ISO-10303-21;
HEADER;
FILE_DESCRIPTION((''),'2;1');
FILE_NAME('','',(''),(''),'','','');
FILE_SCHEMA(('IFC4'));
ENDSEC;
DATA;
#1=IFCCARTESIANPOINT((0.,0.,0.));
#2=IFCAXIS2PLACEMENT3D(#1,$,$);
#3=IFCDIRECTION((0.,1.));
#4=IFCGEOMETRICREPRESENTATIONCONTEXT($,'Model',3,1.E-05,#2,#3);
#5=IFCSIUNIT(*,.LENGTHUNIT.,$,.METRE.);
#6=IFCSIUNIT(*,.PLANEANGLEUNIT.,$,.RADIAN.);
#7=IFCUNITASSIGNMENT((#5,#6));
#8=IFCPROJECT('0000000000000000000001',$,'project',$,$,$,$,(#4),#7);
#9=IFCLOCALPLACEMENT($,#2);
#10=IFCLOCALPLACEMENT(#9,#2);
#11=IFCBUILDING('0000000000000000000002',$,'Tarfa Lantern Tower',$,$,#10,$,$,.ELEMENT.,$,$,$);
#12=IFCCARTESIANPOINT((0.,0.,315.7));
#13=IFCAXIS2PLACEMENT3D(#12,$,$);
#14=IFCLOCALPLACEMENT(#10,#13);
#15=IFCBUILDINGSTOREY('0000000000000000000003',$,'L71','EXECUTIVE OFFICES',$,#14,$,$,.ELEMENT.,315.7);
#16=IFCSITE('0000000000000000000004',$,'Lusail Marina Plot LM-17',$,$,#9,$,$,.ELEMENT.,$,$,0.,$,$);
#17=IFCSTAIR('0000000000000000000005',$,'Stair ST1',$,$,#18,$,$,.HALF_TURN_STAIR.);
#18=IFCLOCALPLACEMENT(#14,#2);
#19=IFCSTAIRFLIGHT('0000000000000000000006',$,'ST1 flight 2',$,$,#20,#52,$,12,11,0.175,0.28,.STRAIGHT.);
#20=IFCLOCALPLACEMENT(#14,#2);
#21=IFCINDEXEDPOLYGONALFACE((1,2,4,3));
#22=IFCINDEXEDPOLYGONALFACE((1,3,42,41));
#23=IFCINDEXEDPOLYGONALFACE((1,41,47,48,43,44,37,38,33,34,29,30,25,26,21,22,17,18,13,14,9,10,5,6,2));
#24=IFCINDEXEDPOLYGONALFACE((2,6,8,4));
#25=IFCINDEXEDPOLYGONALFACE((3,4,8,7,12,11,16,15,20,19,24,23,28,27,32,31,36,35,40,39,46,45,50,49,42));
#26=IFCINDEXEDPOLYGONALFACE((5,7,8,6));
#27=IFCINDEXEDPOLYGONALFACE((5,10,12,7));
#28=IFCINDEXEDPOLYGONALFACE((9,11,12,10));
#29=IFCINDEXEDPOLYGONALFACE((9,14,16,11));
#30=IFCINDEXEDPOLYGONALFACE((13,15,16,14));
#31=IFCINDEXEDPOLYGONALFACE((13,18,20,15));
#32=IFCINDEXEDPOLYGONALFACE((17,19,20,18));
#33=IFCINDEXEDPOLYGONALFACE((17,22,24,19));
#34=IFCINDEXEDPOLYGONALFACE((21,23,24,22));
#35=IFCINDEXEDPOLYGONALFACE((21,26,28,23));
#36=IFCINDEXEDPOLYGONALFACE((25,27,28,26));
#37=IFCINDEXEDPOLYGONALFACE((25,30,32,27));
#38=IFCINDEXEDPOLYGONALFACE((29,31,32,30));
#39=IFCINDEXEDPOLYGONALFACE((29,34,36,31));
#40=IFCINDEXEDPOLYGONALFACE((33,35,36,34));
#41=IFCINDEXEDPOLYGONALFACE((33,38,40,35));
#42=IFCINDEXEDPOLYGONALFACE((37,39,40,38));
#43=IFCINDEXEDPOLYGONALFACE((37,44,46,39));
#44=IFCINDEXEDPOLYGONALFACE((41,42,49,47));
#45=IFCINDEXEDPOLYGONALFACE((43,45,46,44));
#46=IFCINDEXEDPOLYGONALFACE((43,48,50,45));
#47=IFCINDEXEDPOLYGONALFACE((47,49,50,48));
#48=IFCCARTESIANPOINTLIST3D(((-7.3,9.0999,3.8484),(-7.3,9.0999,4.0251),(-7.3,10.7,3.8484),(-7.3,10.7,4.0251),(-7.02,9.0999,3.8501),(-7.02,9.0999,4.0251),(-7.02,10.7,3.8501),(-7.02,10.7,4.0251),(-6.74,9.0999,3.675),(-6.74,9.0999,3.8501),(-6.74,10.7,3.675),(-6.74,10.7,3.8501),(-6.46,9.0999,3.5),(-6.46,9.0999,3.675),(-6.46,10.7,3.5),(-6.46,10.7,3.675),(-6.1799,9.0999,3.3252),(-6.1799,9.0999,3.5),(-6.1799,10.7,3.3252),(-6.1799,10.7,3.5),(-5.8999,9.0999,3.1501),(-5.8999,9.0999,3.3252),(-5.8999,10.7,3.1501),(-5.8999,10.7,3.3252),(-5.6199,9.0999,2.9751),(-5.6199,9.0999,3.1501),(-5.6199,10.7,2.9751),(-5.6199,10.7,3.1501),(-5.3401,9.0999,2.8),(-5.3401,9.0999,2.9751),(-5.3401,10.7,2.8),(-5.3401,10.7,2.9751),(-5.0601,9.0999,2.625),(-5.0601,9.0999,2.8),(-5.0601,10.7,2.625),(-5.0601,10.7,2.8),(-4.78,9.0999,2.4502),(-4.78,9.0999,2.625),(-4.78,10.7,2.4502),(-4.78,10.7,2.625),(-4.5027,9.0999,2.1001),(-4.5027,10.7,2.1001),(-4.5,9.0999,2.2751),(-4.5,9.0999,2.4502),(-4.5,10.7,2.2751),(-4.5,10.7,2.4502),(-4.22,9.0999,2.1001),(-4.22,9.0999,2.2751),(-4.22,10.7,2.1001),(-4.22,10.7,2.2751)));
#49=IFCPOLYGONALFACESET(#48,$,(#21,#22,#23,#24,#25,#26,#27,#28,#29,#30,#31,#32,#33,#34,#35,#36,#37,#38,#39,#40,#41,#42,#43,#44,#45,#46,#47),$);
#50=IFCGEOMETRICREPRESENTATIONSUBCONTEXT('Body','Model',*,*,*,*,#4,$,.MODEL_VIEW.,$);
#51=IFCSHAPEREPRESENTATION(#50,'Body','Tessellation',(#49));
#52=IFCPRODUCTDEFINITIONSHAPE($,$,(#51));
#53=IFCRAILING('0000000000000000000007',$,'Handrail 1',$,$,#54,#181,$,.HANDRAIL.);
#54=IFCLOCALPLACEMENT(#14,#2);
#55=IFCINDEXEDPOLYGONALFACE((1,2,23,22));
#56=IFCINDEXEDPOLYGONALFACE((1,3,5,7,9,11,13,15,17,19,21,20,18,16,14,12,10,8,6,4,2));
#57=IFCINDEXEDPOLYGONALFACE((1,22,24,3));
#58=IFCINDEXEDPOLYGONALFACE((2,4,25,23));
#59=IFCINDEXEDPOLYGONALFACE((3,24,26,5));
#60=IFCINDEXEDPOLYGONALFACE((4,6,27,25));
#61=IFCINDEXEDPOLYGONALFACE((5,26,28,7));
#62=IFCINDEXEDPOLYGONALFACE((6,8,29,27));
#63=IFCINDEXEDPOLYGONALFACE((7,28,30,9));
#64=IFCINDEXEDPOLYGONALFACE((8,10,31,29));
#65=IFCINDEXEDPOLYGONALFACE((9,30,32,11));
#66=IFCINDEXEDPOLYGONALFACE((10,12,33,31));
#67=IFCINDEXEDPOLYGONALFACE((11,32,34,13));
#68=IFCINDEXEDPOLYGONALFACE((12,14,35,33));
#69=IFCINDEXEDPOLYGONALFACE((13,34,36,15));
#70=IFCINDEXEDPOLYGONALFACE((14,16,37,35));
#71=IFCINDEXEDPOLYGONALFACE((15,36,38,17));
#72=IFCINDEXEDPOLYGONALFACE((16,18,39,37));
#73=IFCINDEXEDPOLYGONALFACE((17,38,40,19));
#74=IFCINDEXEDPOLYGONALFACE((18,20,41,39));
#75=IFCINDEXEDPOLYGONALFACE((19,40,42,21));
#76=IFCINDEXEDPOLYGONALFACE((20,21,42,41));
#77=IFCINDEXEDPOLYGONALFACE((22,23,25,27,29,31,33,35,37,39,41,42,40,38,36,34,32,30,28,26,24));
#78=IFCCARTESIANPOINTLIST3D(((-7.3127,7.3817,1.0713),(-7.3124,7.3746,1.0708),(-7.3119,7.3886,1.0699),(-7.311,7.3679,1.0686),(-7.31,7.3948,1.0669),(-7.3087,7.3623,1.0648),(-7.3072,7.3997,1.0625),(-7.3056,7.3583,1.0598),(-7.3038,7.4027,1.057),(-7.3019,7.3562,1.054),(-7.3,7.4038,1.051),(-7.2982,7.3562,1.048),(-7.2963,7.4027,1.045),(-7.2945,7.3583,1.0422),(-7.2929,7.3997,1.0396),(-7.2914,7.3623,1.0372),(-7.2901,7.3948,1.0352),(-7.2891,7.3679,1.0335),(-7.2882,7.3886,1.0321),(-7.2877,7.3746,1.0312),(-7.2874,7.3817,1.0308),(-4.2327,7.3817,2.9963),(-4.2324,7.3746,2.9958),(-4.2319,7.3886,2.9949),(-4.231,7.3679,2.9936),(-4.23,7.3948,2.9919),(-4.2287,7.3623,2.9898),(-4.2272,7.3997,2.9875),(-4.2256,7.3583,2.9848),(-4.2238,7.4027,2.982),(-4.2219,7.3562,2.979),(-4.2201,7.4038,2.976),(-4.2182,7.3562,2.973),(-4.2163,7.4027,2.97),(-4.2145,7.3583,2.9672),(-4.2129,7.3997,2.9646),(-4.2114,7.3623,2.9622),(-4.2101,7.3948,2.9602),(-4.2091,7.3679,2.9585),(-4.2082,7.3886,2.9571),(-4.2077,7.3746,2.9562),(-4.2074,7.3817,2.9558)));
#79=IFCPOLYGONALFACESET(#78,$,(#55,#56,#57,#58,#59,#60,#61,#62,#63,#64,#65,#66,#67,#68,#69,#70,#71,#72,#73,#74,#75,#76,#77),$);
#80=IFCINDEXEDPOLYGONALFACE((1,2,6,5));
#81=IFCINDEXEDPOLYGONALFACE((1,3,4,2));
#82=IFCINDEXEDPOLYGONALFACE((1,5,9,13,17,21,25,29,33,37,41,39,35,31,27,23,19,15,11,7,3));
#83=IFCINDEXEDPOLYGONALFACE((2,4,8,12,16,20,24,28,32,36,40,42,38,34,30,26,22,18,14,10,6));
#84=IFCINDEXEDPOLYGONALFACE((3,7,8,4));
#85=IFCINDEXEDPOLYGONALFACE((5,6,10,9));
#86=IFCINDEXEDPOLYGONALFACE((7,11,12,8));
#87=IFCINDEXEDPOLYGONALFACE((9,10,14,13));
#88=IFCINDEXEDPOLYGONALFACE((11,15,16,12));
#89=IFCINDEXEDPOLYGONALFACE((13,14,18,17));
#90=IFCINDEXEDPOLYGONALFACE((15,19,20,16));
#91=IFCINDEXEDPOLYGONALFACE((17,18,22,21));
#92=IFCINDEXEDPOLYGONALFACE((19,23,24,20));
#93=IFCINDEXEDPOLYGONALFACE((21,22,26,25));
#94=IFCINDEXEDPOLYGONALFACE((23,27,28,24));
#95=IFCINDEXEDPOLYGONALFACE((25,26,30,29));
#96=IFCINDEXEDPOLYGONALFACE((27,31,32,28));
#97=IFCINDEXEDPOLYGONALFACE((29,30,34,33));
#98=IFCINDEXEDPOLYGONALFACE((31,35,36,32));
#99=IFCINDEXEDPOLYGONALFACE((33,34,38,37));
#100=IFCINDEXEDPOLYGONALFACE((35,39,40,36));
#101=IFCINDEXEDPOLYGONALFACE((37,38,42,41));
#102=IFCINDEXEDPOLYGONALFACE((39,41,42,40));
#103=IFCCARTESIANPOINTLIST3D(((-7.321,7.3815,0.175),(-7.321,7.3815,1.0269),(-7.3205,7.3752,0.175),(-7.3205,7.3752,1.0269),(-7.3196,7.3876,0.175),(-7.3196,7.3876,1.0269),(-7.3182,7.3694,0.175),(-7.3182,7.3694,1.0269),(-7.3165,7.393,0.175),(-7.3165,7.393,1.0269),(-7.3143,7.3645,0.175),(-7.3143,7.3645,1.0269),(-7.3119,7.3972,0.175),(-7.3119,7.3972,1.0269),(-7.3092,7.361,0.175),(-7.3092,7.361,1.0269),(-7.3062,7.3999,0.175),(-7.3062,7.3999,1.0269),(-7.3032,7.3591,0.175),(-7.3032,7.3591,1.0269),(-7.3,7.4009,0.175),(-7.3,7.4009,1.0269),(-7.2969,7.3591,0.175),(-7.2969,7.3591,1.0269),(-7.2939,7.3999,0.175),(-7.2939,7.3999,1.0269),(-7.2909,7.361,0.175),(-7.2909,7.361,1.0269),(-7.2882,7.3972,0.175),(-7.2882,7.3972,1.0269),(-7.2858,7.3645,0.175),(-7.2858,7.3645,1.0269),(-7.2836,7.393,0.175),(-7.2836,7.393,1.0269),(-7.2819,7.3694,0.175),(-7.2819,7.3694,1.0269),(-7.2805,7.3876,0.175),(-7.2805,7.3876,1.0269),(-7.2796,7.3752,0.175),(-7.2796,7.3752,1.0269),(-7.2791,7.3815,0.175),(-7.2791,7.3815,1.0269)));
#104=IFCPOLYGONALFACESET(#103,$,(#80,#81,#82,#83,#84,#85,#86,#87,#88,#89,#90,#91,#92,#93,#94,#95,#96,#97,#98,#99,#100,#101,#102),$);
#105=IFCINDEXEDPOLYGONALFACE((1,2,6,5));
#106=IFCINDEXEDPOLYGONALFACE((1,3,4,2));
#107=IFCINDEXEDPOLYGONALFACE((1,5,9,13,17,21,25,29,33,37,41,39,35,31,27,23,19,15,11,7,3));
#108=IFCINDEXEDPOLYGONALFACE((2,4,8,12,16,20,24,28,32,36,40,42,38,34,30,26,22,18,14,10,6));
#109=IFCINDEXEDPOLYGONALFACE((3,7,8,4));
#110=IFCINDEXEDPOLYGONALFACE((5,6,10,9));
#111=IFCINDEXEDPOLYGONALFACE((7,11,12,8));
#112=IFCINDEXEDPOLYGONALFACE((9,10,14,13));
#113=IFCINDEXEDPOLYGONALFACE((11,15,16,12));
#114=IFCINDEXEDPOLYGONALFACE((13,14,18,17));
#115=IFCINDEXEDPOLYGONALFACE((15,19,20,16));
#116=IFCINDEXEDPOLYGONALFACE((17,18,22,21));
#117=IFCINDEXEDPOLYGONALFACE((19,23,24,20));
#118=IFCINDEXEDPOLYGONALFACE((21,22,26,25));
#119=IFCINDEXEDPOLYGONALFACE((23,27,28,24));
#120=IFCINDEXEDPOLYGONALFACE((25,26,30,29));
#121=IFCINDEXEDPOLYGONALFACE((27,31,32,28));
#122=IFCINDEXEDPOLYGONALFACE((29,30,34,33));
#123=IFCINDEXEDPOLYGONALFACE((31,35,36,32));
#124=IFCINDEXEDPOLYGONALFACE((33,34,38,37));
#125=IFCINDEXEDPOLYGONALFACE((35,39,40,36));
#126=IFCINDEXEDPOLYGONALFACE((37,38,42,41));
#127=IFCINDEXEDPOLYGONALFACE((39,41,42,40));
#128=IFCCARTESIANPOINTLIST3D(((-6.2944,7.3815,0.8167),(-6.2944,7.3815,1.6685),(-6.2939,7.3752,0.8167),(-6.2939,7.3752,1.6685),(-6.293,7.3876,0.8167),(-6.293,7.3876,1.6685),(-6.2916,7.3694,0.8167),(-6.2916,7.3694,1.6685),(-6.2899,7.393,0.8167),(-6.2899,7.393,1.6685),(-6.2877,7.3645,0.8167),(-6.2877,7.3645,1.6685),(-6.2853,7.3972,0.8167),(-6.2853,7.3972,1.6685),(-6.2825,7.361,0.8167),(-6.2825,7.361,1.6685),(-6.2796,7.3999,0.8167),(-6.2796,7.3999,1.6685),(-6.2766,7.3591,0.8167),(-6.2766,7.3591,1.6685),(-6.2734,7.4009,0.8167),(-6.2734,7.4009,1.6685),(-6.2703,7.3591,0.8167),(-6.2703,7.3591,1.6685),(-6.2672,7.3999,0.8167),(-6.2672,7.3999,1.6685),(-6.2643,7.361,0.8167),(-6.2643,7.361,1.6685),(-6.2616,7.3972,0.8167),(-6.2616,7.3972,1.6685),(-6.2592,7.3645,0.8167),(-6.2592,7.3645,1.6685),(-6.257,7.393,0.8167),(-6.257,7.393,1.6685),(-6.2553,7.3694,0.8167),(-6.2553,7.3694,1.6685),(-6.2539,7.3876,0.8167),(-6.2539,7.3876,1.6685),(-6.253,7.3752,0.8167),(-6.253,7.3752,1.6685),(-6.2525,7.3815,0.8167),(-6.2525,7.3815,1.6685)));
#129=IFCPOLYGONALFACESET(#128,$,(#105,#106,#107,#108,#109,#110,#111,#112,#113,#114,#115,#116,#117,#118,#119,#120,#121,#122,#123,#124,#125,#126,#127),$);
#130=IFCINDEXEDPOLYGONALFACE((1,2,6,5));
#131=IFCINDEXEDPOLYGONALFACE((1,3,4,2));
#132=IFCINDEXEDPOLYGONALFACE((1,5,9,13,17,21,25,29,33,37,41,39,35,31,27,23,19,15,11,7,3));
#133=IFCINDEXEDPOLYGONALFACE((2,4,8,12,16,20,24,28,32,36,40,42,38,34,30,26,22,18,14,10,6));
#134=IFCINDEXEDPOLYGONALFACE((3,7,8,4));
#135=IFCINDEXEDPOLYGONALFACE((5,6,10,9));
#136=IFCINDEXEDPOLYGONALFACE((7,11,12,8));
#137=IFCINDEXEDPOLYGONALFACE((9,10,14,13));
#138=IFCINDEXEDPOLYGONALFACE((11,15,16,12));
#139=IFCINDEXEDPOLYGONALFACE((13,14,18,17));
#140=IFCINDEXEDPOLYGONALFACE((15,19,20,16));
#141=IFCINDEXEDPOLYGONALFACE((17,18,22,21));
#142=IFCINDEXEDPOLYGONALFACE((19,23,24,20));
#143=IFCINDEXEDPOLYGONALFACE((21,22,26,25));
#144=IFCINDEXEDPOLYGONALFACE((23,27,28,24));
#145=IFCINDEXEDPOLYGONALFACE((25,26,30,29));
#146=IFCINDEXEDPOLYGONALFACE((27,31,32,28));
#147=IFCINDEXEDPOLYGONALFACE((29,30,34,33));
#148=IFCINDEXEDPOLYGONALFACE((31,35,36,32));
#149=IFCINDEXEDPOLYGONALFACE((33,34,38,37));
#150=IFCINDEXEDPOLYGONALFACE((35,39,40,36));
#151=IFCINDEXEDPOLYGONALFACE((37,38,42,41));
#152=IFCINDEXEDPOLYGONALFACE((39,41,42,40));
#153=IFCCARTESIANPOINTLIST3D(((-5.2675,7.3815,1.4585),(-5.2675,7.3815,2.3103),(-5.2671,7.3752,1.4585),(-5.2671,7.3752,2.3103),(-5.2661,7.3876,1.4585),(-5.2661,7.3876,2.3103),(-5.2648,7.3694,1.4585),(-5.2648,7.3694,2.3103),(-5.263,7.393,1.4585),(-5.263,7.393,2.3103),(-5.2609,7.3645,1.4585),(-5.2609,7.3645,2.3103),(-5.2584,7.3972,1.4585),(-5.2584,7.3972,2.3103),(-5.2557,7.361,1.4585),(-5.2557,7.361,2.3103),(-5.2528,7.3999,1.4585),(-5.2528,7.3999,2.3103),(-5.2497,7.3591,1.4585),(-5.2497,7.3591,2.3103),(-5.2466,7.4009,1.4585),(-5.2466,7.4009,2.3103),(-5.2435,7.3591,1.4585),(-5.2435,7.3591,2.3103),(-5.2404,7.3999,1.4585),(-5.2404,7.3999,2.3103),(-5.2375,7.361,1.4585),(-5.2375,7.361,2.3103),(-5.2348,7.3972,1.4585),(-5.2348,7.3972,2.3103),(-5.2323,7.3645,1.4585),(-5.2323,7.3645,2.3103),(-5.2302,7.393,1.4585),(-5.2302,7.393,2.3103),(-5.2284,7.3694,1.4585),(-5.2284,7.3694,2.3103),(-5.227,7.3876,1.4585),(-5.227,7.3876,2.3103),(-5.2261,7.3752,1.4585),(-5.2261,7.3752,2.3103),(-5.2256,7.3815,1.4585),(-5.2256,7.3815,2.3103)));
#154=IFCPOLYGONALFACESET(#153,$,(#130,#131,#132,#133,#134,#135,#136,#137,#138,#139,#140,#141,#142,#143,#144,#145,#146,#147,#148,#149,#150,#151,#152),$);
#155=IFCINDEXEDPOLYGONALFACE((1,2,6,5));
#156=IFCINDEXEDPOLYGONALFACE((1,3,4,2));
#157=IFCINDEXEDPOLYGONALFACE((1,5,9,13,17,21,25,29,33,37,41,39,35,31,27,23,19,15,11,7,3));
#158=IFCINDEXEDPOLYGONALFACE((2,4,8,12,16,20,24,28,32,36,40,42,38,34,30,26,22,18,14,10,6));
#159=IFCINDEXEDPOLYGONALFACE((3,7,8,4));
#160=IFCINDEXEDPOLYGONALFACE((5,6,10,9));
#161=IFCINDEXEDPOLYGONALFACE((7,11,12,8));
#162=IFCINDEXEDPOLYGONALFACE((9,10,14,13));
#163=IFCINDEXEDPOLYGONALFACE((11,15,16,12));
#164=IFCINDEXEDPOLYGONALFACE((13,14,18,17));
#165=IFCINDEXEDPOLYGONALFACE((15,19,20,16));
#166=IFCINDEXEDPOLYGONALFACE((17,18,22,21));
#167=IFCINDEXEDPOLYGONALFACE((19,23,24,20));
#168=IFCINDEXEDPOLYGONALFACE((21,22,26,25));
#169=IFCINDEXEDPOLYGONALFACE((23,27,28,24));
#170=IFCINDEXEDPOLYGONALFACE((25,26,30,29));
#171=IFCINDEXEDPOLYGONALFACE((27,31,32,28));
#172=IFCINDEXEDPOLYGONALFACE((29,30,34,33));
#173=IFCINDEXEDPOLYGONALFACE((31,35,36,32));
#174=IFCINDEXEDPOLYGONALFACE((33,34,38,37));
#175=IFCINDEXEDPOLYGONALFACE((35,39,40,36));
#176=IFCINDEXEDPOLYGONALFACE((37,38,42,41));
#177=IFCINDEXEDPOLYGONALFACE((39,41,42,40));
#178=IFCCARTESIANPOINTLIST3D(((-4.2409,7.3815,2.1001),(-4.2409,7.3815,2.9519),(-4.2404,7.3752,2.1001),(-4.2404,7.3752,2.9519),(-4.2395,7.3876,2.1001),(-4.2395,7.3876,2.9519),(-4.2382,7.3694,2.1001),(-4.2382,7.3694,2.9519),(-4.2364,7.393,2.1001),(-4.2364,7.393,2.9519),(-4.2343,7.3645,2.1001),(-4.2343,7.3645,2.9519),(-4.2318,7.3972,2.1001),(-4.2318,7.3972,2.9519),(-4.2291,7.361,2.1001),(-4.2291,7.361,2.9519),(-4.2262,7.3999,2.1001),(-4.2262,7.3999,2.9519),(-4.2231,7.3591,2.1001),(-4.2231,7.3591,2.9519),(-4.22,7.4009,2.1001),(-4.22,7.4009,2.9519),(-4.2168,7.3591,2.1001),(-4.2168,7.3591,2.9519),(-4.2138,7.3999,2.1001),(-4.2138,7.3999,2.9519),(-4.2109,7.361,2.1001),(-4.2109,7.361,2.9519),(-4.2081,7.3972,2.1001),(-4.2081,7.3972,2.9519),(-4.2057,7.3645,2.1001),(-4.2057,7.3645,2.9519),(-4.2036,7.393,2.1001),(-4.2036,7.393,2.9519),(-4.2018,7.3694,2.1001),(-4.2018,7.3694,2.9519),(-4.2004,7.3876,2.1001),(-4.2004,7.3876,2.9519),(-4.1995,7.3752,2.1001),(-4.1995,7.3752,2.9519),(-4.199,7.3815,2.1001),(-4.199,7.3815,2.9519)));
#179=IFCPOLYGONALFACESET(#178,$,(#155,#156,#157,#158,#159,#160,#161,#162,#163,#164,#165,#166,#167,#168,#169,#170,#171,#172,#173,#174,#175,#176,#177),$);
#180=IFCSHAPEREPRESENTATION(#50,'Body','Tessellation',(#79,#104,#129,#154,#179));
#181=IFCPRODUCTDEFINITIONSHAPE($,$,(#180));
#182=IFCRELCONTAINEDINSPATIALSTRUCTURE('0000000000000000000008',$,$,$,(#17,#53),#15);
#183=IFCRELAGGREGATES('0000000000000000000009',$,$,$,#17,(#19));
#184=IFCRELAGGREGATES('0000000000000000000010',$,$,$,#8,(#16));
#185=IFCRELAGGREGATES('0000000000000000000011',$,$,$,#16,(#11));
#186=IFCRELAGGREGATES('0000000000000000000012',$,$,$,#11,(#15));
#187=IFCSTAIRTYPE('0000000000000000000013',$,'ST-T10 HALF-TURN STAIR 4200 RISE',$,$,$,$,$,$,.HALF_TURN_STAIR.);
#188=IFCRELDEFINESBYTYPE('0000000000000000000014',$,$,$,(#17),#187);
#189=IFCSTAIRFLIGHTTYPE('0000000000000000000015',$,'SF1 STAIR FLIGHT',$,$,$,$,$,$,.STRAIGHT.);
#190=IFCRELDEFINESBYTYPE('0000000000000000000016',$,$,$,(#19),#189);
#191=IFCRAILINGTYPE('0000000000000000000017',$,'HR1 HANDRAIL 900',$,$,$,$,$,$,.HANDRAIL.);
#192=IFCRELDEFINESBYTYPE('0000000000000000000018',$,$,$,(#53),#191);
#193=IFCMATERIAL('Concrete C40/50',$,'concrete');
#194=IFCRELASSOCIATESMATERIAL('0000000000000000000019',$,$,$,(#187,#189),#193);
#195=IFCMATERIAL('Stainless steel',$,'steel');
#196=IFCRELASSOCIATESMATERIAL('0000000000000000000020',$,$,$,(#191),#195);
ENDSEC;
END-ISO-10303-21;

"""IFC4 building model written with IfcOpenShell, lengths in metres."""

from ifc_helpers import new_model, si_unit, direction, frame, origin, origin_2d, place, context, subcontext, project, spatial, polyline, circle, outline, extrude, material, type_object, element, aggregate, save


model = new_model("IFC4")

# Units and contexts
model_context = context("Model", 3, precision=1e-05, world=origin(), true_north=direction((0.0, 1.0)))
body_context = subcontext(model_context, "Body", "Model", "MODEL_VIEW")
ifc_project = project(units=[si_unit("LENGTHUNIT", "METRE"), si_unit("PLANEANGLEUNIT", "RADIAN")], contexts=[model_context])

# Site, building, storey
site_placement = place(None, origin())
site = spatial("IfcSite", under=ifc_project, at=site_placement, Name="Lusail Marina Plot LM-17", CompositionType="ELEMENT", RefElevation=0.0)
building_placement = place(site_placement, origin())
building = spatial("IfcBuilding", under=site, at=building_placement, Name="Tarfa Lantern Tower", CompositionType="ELEMENT")
storey_placement = place(building_placement, frame((0.0, 0.0, 315.7)))
storey = spatial("IfcBuildingStorey", under=building, at=storey_placement, Name="L71", Description="EXECUTIVE OFFICES", CompositionType="ELEMENT", Elevation=315.7)

# Stair, stair flight
ifc_material_1 = material(Name="Concrete C40/50", Category="concrete")
stair_type = type_object("IfcStairType", Name="ST-T10 HALF-TURN STAIR 4200 RISE", PredefinedType="HALF_TURN_STAIR", material=ifc_material_1)
stair_placement = place(storey_placement, origin())
stair = element("IfcStair", 1, at=stair_placement, inside=storey, type_object=stair_type, Name="Stair ST1", PredefinedType="HALF_TURN_STAIR")
stair_flight_type = type_object("IfcStairFlightType", Name="SF1 STAIR FLIGHT", PredefinedType="STRAIGHT", material=ifc_material_1)
stair_flight_1_placement = place(storey_placement, frame((-4.22, 9.8999, 2.1001), z_axis=(0.0, 0.0, 1.0), x_axis=(-1.0, 0.0, 0.0)))
stair_flight_1 = element("IfcStairFlight", 2, at=stair_flight_1_placement, type_object=stair_flight_type, Name="ST1 flight 2", NumberOfRisers=12, NumberOfTreads=11, PredefinedType="STRAIGHT", RiserHeight=0.175, TreadLength=0.28, context=body_context, shape_type="SweptSolid", body=[
    extrude(outline(polyline([(0.0, 0.0), (0.0, 0.175), (0.28, 0.175), (0.28, 0.3501), (0.5601, 0.3501), (0.5601, 0.5249), (0.8401, 0.5249), (0.8401, 0.7), (1.1201, 0.7), (1.1201, 0.875), (1.3999, 0.875), (1.3999, 1.05), (1.6799, 1.05), (1.6799, 1.2251), (1.96, 1.2251), (1.96, 1.3999), (2.24, 1.3999), (2.24, 1.575), (2.52, 1.575), (2.52, 1.75), (2.8, 1.75), (2.8, 1.925), (3.0801, 1.925), (3.0801, 2.1001), (3.0801, 1.7483), (0.2827, 0.0), (0.0, 0.0)])), frame((0.0, 0.8, 0.0), z_axis=(0.0, -1.0, 0.0), x_axis=(1.0, 0.0, 0.0)), (0.0, 0.0, 1.0), 1.6001),
])
aggregate(stair, [stair_flight_1])

# Railing
ifc_material_2 = material(Name="Stainless steel", Category="steel")
railing_type = type_object("IfcRailingType", Name="HR1 HANDRAIL 900", PredefinedType="HANDRAIL", material=ifc_material_2)
railing_1_placement = place(storey_placement, frame((-7.3, 7.3799, 0.175)))
element("IfcRailing", 3, at=railing_1_placement, inside=storey, type_object=railing_type, Name="Handrail 1", PredefinedType="HANDRAIL", context=body_context, shape_type="SweptSolid", body=[
    extrude(circle(Radius=0.0239, at=origin_2d()), frame((0.0, 0.0, 0.876), z_axis=(0.847998, 0.0, 0.529999), x_axis=(0.0, 1.0, 0.0)), (0.0, 0.0, 1.0), 3.6321),
    extrude(circle(Radius=0.021, at=origin_2d()), frame((0.0, 0.0, 0.0), z_axis=(0.0, 0.0, 1.0), x_axis=(0.0, 1.0, 0.0)), (0.0, 0.0, 1.0), 0.8518),
    extrude(circle(Radius=0.021, at=origin_2d()), frame((1.0266, 0.0, 0.6416), z_axis=(0.0, 0.0, 1.0), x_axis=(0.0, 1.0, 0.0)), (0.0, 0.0, 1.0), 0.8518),
    extrude(circle(Radius=0.021, at=origin_2d()), frame((2.0535, 0.0, 1.2834), z_axis=(0.0, 0.0, 1.0), x_axis=(0.0, 1.0, 0.0)), (0.0, 0.0, 1.0), 0.8518),
    extrude(circle(Radius=0.021, at=origin_2d()), frame((3.0801, 0.0, 1.925), z_axis=(0.0, 0.0, 1.0), x_axis=(0.0, 1.0, 0.0)), (0.0, 0.0, 1.0), 0.8518),
])

save(model, "model.ifc")
